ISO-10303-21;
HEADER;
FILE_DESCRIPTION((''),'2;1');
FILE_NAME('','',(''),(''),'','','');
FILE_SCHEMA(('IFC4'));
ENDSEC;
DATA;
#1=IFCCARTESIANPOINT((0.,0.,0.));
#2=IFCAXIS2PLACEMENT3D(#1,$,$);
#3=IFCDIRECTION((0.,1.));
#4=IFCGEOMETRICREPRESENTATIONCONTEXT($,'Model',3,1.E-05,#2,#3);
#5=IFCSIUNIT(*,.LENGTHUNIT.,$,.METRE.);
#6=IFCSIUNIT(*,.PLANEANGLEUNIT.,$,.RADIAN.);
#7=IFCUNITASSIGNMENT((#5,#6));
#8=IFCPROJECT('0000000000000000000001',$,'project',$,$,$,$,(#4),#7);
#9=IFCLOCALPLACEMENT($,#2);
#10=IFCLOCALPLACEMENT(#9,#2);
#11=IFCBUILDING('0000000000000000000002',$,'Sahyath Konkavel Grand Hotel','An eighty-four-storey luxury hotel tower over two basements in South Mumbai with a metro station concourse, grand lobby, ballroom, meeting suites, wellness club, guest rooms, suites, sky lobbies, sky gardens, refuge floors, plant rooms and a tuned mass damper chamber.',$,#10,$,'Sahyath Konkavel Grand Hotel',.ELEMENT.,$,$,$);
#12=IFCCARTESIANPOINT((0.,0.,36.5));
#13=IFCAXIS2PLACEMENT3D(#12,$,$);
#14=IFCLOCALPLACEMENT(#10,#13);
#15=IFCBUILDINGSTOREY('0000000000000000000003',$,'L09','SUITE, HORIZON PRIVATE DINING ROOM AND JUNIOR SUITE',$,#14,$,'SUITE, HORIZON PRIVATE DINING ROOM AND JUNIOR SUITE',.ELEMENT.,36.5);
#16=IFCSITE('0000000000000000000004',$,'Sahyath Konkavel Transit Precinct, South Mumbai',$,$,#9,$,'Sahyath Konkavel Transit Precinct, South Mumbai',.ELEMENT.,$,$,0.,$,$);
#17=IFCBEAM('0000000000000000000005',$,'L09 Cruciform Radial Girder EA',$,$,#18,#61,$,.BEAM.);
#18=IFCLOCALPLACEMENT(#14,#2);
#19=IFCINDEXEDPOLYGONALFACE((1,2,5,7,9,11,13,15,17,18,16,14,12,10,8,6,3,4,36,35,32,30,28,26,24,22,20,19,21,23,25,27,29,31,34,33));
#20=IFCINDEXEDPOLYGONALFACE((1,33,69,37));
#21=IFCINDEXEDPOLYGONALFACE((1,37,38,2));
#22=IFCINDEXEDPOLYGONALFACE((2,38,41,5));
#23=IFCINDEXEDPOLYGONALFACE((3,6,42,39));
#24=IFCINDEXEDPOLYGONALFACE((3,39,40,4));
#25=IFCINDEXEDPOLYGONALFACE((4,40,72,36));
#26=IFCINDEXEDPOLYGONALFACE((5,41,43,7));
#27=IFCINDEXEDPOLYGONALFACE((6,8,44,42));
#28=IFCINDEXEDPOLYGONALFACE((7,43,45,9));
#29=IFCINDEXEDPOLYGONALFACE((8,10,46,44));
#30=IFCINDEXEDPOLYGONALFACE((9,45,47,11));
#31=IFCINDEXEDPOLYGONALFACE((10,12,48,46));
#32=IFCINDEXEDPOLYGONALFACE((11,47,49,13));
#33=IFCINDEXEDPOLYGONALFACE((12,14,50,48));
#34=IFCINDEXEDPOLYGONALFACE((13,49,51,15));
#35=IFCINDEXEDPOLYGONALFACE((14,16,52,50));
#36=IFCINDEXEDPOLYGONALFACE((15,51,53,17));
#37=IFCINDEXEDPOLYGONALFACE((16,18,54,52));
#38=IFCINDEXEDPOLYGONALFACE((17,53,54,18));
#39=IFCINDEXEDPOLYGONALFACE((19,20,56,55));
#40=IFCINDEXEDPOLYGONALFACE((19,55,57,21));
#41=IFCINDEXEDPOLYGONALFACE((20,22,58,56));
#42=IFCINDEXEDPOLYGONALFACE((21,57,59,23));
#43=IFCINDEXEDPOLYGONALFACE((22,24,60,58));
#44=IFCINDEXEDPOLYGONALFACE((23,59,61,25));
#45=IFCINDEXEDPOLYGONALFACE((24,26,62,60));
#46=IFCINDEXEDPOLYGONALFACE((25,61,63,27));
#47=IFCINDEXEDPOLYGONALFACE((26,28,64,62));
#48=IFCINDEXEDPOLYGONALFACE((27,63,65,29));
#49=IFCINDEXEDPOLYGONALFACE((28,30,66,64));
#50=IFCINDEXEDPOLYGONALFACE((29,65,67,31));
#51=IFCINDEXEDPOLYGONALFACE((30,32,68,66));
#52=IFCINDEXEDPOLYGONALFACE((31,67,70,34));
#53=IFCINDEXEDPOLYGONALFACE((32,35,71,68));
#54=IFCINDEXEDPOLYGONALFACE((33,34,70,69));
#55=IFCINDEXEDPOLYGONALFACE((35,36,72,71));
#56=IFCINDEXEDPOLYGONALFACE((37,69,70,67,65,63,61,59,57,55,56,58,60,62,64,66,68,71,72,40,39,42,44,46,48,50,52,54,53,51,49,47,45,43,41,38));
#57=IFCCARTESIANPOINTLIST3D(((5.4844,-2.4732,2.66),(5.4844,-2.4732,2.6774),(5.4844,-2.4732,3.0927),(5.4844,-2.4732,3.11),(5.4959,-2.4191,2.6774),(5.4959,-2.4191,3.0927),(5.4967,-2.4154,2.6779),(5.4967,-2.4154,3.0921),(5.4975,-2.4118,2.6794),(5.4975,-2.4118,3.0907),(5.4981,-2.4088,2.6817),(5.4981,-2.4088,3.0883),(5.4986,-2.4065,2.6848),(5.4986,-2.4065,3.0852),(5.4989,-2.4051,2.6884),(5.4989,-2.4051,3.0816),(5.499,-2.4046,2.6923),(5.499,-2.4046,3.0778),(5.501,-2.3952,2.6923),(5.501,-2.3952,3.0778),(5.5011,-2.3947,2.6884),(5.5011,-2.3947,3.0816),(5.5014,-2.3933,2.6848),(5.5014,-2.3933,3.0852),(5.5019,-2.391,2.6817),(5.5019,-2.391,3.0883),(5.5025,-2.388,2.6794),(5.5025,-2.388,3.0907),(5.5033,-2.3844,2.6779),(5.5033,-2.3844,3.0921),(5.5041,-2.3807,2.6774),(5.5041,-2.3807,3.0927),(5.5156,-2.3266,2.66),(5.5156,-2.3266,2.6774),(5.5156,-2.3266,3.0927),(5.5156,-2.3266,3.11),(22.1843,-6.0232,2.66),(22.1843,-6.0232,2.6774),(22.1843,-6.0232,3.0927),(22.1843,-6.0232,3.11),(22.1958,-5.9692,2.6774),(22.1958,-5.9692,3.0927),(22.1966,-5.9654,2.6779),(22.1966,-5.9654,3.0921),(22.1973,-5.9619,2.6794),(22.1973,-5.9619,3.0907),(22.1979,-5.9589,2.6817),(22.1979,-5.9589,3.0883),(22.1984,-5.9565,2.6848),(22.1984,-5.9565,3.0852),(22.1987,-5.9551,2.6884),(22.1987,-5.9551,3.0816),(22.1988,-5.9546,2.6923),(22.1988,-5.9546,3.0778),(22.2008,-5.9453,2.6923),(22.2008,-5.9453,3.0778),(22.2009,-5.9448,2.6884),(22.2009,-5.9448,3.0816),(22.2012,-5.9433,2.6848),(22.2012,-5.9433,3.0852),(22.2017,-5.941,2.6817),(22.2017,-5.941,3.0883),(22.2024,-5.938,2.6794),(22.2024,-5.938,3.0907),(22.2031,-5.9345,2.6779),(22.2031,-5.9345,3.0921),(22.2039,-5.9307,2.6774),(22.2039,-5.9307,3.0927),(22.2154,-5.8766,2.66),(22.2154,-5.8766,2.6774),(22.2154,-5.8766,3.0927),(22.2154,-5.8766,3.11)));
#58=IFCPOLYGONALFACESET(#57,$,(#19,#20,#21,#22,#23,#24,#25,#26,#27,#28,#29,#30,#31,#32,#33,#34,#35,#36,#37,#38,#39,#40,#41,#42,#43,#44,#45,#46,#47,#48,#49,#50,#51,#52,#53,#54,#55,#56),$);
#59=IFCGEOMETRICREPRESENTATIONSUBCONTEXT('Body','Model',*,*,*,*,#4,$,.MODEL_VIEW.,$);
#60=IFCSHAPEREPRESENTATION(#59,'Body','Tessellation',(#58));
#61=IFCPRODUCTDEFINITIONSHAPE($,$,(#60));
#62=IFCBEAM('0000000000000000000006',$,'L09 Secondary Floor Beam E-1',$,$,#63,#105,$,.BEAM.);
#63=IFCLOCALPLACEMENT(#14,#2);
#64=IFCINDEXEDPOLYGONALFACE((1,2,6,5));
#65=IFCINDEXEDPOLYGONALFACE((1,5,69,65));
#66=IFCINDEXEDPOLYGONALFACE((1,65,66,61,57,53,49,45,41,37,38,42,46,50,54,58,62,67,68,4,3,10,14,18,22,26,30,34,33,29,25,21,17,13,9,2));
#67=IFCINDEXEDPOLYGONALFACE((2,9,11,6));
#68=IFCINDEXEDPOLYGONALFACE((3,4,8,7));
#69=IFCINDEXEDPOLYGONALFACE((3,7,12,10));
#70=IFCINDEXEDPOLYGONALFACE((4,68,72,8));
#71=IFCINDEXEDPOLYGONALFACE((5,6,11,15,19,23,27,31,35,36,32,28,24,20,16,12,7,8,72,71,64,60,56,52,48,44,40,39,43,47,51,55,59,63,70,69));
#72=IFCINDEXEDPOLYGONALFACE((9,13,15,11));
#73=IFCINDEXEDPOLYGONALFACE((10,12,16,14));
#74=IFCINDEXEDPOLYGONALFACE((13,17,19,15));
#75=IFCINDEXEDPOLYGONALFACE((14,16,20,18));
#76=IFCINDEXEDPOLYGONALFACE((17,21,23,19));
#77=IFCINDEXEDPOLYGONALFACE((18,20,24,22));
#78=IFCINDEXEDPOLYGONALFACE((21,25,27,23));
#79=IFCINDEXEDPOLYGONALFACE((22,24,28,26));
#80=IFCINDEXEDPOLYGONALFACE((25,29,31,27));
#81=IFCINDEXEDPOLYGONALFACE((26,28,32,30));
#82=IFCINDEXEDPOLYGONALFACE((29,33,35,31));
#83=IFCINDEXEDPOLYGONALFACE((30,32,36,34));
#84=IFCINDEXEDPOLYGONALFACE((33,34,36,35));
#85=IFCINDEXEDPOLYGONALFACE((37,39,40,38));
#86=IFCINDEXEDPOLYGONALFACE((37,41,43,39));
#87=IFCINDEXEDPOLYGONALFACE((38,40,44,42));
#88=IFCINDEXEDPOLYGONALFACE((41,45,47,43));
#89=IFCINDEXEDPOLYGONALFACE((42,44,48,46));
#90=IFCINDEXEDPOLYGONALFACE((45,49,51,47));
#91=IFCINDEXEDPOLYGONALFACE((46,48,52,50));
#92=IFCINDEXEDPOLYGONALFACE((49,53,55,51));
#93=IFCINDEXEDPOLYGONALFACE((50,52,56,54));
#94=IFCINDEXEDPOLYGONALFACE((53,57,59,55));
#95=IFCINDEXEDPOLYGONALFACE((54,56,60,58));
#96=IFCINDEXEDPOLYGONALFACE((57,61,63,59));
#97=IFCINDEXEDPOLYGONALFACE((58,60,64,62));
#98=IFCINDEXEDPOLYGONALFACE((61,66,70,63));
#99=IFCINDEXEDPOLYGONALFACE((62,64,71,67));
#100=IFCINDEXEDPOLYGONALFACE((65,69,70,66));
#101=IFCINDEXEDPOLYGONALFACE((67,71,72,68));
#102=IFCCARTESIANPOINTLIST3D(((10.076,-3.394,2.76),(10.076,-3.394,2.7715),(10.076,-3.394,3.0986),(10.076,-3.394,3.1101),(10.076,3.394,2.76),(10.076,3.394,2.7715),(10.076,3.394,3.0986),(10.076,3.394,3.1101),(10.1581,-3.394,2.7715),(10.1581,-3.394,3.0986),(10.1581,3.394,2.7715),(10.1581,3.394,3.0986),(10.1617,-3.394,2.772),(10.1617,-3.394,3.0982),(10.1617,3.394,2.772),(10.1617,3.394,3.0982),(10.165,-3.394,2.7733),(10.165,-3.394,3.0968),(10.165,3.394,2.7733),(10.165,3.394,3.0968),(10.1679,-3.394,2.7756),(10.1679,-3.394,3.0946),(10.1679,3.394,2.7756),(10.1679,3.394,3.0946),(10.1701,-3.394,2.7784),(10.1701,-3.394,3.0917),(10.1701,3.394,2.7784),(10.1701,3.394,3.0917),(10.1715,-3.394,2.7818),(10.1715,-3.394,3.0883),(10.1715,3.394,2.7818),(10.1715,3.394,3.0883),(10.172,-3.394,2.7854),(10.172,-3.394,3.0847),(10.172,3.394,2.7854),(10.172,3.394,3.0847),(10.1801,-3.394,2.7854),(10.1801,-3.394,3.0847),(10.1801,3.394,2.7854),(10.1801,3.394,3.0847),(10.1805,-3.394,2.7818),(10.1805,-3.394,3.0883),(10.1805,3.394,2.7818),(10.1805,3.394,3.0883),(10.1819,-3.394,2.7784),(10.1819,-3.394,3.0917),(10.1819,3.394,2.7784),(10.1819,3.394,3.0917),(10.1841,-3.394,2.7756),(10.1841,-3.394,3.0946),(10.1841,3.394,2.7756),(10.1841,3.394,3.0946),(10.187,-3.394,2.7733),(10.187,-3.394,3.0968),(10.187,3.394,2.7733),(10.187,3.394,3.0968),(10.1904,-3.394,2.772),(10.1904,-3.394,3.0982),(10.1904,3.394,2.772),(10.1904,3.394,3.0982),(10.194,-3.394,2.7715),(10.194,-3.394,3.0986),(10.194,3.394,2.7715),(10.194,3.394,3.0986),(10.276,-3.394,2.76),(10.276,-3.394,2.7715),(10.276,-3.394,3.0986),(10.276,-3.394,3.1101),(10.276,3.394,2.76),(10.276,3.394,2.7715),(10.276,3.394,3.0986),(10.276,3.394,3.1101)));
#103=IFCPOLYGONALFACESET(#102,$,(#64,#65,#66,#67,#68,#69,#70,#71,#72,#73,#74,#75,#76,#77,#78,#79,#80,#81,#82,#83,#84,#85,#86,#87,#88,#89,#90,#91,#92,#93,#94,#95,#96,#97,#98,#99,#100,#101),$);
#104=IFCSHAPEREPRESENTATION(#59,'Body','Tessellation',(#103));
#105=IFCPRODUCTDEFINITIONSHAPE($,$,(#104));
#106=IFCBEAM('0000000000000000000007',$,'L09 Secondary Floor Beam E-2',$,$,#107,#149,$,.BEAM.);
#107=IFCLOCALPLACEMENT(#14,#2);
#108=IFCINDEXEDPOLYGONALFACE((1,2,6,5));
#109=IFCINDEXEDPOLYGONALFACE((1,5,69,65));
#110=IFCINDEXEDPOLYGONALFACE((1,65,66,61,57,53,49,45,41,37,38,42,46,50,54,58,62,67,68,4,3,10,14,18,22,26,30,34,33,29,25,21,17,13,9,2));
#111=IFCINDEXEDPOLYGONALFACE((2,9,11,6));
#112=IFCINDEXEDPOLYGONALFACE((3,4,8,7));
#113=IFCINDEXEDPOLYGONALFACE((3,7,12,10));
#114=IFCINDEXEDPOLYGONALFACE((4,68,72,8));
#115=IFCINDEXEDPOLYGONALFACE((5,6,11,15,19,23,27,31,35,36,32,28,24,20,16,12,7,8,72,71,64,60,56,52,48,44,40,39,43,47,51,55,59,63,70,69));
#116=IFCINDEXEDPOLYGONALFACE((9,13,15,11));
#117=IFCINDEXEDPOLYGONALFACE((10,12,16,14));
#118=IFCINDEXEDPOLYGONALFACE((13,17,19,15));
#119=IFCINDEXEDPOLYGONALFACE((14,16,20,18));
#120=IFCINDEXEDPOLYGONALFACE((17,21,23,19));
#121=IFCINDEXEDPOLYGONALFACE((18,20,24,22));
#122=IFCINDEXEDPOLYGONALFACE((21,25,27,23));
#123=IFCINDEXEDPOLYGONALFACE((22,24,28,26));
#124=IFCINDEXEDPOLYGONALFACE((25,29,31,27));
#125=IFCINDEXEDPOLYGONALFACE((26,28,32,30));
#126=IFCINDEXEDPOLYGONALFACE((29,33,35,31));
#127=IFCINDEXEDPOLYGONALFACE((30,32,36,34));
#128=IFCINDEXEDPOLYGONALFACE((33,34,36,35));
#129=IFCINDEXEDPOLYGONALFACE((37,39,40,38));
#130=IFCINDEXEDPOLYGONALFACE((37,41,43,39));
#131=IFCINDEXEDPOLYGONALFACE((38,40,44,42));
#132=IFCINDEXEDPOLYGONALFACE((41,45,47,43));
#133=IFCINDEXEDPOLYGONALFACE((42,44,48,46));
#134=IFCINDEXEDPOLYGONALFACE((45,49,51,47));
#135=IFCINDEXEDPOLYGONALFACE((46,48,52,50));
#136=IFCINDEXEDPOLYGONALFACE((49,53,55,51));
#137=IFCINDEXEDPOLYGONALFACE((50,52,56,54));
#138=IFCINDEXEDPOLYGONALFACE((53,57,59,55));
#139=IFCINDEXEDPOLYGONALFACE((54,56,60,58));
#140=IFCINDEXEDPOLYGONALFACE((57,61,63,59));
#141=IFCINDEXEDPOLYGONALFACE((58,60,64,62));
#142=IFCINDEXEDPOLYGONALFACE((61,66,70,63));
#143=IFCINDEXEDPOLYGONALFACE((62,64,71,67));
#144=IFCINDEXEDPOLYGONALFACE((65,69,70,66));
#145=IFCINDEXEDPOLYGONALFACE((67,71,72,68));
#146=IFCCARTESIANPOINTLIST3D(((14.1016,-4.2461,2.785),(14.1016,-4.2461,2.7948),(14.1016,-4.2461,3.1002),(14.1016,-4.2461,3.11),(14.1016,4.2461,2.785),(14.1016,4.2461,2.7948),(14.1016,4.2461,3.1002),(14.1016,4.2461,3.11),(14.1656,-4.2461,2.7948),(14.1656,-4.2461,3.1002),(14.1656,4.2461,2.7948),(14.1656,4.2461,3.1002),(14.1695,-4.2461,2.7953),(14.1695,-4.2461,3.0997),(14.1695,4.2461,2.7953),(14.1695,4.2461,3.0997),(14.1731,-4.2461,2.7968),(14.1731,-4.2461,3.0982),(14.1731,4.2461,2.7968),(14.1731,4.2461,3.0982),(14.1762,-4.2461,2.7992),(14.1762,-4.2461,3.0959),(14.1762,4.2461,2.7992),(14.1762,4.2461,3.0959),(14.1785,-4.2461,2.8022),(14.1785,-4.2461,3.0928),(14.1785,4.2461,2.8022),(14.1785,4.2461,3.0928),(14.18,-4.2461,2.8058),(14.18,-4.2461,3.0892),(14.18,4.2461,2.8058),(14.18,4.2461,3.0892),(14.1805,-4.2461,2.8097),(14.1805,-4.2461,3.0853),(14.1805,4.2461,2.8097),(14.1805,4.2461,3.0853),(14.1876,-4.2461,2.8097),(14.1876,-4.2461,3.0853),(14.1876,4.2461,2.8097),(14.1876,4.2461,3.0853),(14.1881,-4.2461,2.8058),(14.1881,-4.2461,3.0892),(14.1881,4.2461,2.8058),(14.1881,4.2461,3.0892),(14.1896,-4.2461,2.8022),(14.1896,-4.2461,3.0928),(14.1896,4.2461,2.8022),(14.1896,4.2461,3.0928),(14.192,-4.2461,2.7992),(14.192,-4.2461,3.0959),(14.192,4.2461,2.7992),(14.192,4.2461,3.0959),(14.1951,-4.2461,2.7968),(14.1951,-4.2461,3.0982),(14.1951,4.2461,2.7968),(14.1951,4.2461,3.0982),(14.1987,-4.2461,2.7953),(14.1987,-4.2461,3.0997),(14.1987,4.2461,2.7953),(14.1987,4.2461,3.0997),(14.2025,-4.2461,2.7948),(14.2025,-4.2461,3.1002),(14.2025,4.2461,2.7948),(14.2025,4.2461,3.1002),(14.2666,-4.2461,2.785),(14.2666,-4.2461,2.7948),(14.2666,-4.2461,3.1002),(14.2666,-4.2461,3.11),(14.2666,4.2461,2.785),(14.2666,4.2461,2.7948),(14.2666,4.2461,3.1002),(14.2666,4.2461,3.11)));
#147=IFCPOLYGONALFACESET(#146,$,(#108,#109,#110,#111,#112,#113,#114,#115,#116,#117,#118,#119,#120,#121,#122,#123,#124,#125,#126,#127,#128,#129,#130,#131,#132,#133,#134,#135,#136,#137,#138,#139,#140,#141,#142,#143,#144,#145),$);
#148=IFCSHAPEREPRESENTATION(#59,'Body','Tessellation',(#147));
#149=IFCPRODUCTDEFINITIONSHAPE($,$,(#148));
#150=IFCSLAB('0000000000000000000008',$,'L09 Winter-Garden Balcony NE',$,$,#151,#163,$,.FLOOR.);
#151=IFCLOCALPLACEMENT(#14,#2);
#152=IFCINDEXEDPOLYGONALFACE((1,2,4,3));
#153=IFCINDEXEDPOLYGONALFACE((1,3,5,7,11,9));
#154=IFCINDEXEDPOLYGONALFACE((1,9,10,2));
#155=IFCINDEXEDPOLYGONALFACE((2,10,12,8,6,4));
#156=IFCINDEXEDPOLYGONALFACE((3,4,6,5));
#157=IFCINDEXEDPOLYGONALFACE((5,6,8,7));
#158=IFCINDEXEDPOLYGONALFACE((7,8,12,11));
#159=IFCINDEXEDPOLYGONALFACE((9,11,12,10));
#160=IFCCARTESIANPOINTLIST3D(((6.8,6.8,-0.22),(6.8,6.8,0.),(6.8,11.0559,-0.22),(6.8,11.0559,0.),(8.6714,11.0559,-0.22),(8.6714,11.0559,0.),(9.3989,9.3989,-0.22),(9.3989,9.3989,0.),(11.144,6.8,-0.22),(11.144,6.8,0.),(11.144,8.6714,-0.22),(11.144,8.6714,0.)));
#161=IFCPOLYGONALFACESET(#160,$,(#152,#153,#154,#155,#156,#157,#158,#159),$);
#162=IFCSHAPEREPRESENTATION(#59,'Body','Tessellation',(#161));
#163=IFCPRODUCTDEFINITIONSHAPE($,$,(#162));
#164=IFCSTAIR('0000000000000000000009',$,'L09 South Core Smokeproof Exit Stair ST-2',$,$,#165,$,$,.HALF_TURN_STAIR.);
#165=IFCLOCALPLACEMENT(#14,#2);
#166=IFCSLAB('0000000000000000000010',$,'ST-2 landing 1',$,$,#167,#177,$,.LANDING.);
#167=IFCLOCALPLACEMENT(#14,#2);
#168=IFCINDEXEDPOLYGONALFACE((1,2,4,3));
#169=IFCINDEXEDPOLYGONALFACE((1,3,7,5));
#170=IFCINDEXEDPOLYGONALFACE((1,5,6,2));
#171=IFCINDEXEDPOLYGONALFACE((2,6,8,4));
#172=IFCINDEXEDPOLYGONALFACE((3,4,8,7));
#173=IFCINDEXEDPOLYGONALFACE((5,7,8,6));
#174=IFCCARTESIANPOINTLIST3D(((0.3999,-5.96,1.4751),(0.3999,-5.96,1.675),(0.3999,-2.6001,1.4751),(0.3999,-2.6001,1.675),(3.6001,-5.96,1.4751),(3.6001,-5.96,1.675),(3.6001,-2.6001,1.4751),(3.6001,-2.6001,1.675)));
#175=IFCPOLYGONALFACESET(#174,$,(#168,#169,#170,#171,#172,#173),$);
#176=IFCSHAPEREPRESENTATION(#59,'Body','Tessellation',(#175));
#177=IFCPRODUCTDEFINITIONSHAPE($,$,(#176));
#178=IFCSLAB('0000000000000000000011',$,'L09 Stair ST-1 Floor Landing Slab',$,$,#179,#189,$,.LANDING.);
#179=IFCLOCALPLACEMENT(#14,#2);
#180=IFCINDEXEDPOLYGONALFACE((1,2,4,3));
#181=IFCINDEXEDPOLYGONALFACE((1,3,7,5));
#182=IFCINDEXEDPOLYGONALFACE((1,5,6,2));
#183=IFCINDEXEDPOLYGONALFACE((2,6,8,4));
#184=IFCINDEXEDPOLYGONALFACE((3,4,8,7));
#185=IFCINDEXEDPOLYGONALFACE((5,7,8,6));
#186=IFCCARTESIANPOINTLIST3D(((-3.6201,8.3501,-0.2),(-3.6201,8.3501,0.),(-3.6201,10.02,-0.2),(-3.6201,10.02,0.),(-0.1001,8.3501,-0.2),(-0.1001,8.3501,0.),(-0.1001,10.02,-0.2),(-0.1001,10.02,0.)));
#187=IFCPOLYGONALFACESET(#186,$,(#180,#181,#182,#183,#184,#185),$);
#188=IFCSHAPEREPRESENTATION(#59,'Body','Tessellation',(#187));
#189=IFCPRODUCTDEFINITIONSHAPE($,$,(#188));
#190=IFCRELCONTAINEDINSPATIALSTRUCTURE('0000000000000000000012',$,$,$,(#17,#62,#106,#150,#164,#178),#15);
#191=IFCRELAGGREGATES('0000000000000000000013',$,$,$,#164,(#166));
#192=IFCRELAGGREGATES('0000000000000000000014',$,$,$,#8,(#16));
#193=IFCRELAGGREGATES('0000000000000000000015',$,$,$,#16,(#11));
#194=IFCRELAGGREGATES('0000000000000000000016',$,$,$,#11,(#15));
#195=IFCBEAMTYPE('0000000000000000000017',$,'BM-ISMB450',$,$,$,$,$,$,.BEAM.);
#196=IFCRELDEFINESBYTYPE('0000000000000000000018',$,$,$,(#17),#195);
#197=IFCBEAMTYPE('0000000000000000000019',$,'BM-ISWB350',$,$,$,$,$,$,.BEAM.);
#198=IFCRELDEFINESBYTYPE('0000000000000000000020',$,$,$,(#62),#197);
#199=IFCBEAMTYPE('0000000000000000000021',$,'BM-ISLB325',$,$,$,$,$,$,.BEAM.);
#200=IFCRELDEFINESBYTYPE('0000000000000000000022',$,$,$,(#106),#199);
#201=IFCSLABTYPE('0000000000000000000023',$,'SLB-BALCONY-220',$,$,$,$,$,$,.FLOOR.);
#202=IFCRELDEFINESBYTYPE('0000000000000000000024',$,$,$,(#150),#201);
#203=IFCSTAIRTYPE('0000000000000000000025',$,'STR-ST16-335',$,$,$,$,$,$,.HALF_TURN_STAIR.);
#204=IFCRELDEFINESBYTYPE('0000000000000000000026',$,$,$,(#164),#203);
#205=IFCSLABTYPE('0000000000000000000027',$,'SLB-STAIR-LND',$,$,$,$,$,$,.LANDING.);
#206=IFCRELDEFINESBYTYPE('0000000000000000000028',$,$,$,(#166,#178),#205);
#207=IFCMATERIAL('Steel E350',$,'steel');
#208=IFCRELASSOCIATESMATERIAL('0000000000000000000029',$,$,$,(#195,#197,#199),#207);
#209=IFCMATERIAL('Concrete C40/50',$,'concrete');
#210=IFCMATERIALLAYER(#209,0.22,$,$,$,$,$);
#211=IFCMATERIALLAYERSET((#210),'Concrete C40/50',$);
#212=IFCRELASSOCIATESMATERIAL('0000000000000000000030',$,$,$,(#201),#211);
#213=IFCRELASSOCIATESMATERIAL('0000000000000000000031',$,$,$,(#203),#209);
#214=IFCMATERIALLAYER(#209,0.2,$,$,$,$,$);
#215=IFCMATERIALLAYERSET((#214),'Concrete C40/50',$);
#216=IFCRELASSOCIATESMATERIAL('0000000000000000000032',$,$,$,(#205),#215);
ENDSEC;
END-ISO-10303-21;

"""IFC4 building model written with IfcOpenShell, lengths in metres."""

from ifc_helpers import new_model, si_unit, direction, frame, origin, origin_2d, place, context, subcontext, project, spatial, polyline, i_section, outline, extrude, source, transform, mapped, material, layer, layer_set, material_profile, profile_set, type_object, element, aggregate, save


model = new_model("IFC4")

# Units and contexts
model_context = context("Model", 3, precision=1e-05, world=origin(), true_north=direction((0.0, 1.0)))
body_context = subcontext(model_context, "Body", "Model", "MODEL_VIEW")
ifc_project = project(units=[si_unit("LENGTHUNIT", "METRE"), si_unit("PLANEANGLEUNIT", "RADIAN")], contexts=[model_context])

# Site, building, storey
site_placement = place(None, origin())
site = spatial("IfcSite", under=ifc_project, at=site_placement, Name="Sahyath Konkavel Transit Precinct, South Mumbai", LongName="Sahyath Konkavel Transit Precinct, South Mumbai", CompositionType="ELEMENT", RefElevation=0.0)
building_placement = place(site_placement, origin())
building = spatial("IfcBuilding", under=site, at=building_placement, Name="Sahyath Konkavel Grand Hotel", Description="An eighty-four-storey luxury hotel tower over two basements in South Mumbai with a metro station concourse, grand lobby, ballroom, meeting suites, wellness club, guest rooms, suites, sky lobbies, sky gardens, refuge floors, plant rooms and a tuned mass damper chamber.", LongName="Sahyath Konkavel Grand Hotel", CompositionType="ELEMENT")
storey_placement = place(building_placement, frame((0.0, 0.0, 36.5)))
storey = spatial("IfcBuildingStorey", under=building, at=storey_placement, Name="L09", Description="SUITE, HORIZON PRIVATE DINING ROOM AND JUNIOR SUITE", LongName="SUITE, HORIZON PRIVATE DINING ROOM AND JUNIOR SUITE", CompositionType="ELEMENT", Elevation=36.5)

# Beams
ifc_material_1 = material(Name="Steel E350", Category="steel")
ifc_material_profile_1 = material_profile(ifc_material_1, i_section(OverallWidth=0.1499, OverallDepth=0.45, WebThickness=0.0095, FlangeThickness=0.0173, FilletRadius=0.0149, at=origin_2d()), Name="ISMB 450")
ifc_profile_set_1 = profile_set([ifc_material_profile_1], Name="Steel E350")
beam_type_1 = type_object("IfcBeamType", Name="BM-ISMB450", PredefinedType="BEAM", material=ifc_profile_set_1)
shared_shape_1 = source(origin(), body_context, "Body", "SweptSolid", [
    extrude(i_section(OverallWidth=0.1499, OverallDepth=0.45, WebThickness=0.0095, FlangeThickness=0.0173, FilletRadius=0.0149, at=origin_2d()), origin(), (0.0, 0.0, 1.0), 17.073),
])
beam_1_placement = place(storey_placement, frame((5.5, -2.3999, 2.885), z_axis=(0.978143, -0.207932, 0.0), x_axis=(0.207932, 0.978143, 0.0)))
element("IfcBeam", 1, at=beam_1_placement, inside=storey, type_object=beam_type_1, Name="L09 Cruciform Radial Girder EA", PredefinedType="BEAM", context=body_context, shape_type="MappedRepresentation", body=[
    mapped(shared_shape_1, transform((0.0, 0.0, 0.0), scale=1.0)),
])
ifc_material_profile_2 = material_profile(ifc_material_1, i_section(OverallWidth=0.2, OverallDepth=0.3501, WebThickness=0.0081, FlangeThickness=0.0115, FilletRadius=0.0139, at=origin_2d()), Name="ISWB 350")
ifc_profile_set_2 = profile_set([ifc_material_profile_2], Name="Steel E350")
beam_type_2 = type_object("IfcBeamType", Name="BM-ISWB350", PredefinedType="BEAM", material=ifc_profile_set_2)
shared_shape_2 = source(origin(), body_context, "Body", "SweptSolid", [
    extrude(i_section(OverallWidth=0.2, OverallDepth=0.3501, WebThickness=0.0081, FlangeThickness=0.0115, FilletRadius=0.0139, at=origin_2d()), origin(), (0.0, 0.0, 1.0), 6.7881),
])
beam_2_placement = place(storey_placement, frame((10.176, -3.394, 2.9351), z_axis=(0.0, 1.0, 0.0), x_axis=(-1.0, 0.0, 0.0)))
element("IfcBeam", 2, at=beam_2_placement, inside=storey, type_object=beam_type_2, Name="L09 Secondary Floor Beam E-1", PredefinedType="BEAM", context=body_context, shape_type="MappedRepresentation", body=[
    mapped(shared_shape_2, transform((0.0, 0.0, 0.0), scale=1.0)),
])
ifc_material_profile_3 = material_profile(ifc_material_1, i_section(OverallWidth=0.165, OverallDepth=0.325, WebThickness=0.0071, FlangeThickness=0.0098, FilletRadius=0.0149, at=origin_2d()), Name="ISLB 325")
ifc_profile_set_3 = profile_set([ifc_material_profile_3], Name="Steel E350")
beam_type_3 = type_object("IfcBeamType", Name="BM-ISLB325", PredefinedType="BEAM", material=ifc_profile_set_3)
shared_shape_3 = source(origin(), body_context, "Body", "SweptSolid", [
    extrude(i_section(OverallWidth=0.165, OverallDepth=0.325, WebThickness=0.0071, FlangeThickness=0.0098, FilletRadius=0.0149, at=origin_2d()), origin(), (0.0, 0.0, 1.0), 8.4922),
])
beam_3_placement = place(storey_placement, frame((14.1841, -4.2461, 2.9475), z_axis=(0.0, 1.0, 0.0), x_axis=(-1.0, 0.0, 0.0)))
element("IfcBeam", 3, at=beam_3_placement, inside=storey, type_object=beam_type_3, Name="L09 Secondary Floor Beam E-2", PredefinedType="BEAM", context=body_context, shape_type="MappedRepresentation", body=[
    mapped(shared_shape_3, transform((0.0, 0.0, 0.0), scale=1.0)),
])

# Slab
ifc_material_2 = material(Name="Concrete C40/50", Category="concrete")
ifc_layer_1 = layer(ifc_material_2, 0.22)
ifc_layer_set_1 = layer_set([ifc_layer_1], Name="Concrete C40/50")
slab_type_1 = type_object("IfcSlabType", Name="SLB-BALCONY-220", PredefinedType="FLOOR", material=ifc_layer_set_1)
slab_1_placement = place(storey_placement, frame((0.0, 0.0, -0.22)))
element("IfcSlab", 4, at=slab_1_placement, inside=storey, type_object=slab_type_1, Name="L09 Winter-Garden Balcony NE", PredefinedType="FLOOR", context=body_context, shape_type="SweptSolid", body=[
    extrude(outline(polyline([(6.8, 6.8), (11.144, 6.8), (11.144, 8.6714), (9.3989, 9.3989), (8.6714, 11.0559), (6.8, 11.0559), (6.8, 6.8)])), origin(), (0.0, 0.0, 1.0), 0.22),
])

# Stair, slab
stair_type = type_object("IfcStairType", Name="STR-ST16-335", PredefinedType="HALF_TURN_STAIR", material=ifc_material_2)
stair_placement = place(storey_placement, origin())
stair = element("IfcStair", 5, at=stair_placement, inside=storey, type_object=stair_type, Name="L09 South Core Smokeproof Exit Stair ST-2", PredefinedType="HALF_TURN_STAIR")
ifc_layer_2 = layer(ifc_material_2, 0.2)
ifc_layer_set_2 = layer_set([ifc_layer_2], Name="Concrete C40/50")
slab_type_2 = type_object("IfcSlabType", Name="SLB-STAIR-LND", PredefinedType="LANDING", material=ifc_layer_set_2)
slab_2_placement = place(storey_placement, frame((0.0, 0.0, 1.4751)))
slab_2 = element("IfcSlab", 6, at=slab_2_placement, type_object=slab_type_2, Name="ST-2 landing 1", PredefinedType="LANDING", context=body_context, shape_type="SweptSolid", body=[
    extrude(outline(polyline([(3.6001, -5.96), (3.6001, -2.6001), (0.3999, -2.6001), (0.3999, -5.96), (3.6001, -5.96)])), origin(), (0.0, 0.0, 1.0), 0.2),
])

# Slab
slab_3_placement = place(storey_placement, frame((0.0, 0.0, -0.2)))
element("IfcSlab", 7, at=slab_3_placement, inside=storey, type_object=slab_type_2, Name="L09 Stair ST-1 Floor Landing Slab", PredefinedType="LANDING", context=body_context, shape_type="SweptSolid", body=[
    extrude(outline(polyline([(-3.6201, 8.3501), (-0.1001, 8.3501), (-0.1001, 10.02), (-3.6201, 10.02), (-3.6201, 8.3501)])), origin(), (0.0, 0.0, 1.0), 0.2),
])

aggregate(stair, [slab_2])

save(model, "model.ifc")
